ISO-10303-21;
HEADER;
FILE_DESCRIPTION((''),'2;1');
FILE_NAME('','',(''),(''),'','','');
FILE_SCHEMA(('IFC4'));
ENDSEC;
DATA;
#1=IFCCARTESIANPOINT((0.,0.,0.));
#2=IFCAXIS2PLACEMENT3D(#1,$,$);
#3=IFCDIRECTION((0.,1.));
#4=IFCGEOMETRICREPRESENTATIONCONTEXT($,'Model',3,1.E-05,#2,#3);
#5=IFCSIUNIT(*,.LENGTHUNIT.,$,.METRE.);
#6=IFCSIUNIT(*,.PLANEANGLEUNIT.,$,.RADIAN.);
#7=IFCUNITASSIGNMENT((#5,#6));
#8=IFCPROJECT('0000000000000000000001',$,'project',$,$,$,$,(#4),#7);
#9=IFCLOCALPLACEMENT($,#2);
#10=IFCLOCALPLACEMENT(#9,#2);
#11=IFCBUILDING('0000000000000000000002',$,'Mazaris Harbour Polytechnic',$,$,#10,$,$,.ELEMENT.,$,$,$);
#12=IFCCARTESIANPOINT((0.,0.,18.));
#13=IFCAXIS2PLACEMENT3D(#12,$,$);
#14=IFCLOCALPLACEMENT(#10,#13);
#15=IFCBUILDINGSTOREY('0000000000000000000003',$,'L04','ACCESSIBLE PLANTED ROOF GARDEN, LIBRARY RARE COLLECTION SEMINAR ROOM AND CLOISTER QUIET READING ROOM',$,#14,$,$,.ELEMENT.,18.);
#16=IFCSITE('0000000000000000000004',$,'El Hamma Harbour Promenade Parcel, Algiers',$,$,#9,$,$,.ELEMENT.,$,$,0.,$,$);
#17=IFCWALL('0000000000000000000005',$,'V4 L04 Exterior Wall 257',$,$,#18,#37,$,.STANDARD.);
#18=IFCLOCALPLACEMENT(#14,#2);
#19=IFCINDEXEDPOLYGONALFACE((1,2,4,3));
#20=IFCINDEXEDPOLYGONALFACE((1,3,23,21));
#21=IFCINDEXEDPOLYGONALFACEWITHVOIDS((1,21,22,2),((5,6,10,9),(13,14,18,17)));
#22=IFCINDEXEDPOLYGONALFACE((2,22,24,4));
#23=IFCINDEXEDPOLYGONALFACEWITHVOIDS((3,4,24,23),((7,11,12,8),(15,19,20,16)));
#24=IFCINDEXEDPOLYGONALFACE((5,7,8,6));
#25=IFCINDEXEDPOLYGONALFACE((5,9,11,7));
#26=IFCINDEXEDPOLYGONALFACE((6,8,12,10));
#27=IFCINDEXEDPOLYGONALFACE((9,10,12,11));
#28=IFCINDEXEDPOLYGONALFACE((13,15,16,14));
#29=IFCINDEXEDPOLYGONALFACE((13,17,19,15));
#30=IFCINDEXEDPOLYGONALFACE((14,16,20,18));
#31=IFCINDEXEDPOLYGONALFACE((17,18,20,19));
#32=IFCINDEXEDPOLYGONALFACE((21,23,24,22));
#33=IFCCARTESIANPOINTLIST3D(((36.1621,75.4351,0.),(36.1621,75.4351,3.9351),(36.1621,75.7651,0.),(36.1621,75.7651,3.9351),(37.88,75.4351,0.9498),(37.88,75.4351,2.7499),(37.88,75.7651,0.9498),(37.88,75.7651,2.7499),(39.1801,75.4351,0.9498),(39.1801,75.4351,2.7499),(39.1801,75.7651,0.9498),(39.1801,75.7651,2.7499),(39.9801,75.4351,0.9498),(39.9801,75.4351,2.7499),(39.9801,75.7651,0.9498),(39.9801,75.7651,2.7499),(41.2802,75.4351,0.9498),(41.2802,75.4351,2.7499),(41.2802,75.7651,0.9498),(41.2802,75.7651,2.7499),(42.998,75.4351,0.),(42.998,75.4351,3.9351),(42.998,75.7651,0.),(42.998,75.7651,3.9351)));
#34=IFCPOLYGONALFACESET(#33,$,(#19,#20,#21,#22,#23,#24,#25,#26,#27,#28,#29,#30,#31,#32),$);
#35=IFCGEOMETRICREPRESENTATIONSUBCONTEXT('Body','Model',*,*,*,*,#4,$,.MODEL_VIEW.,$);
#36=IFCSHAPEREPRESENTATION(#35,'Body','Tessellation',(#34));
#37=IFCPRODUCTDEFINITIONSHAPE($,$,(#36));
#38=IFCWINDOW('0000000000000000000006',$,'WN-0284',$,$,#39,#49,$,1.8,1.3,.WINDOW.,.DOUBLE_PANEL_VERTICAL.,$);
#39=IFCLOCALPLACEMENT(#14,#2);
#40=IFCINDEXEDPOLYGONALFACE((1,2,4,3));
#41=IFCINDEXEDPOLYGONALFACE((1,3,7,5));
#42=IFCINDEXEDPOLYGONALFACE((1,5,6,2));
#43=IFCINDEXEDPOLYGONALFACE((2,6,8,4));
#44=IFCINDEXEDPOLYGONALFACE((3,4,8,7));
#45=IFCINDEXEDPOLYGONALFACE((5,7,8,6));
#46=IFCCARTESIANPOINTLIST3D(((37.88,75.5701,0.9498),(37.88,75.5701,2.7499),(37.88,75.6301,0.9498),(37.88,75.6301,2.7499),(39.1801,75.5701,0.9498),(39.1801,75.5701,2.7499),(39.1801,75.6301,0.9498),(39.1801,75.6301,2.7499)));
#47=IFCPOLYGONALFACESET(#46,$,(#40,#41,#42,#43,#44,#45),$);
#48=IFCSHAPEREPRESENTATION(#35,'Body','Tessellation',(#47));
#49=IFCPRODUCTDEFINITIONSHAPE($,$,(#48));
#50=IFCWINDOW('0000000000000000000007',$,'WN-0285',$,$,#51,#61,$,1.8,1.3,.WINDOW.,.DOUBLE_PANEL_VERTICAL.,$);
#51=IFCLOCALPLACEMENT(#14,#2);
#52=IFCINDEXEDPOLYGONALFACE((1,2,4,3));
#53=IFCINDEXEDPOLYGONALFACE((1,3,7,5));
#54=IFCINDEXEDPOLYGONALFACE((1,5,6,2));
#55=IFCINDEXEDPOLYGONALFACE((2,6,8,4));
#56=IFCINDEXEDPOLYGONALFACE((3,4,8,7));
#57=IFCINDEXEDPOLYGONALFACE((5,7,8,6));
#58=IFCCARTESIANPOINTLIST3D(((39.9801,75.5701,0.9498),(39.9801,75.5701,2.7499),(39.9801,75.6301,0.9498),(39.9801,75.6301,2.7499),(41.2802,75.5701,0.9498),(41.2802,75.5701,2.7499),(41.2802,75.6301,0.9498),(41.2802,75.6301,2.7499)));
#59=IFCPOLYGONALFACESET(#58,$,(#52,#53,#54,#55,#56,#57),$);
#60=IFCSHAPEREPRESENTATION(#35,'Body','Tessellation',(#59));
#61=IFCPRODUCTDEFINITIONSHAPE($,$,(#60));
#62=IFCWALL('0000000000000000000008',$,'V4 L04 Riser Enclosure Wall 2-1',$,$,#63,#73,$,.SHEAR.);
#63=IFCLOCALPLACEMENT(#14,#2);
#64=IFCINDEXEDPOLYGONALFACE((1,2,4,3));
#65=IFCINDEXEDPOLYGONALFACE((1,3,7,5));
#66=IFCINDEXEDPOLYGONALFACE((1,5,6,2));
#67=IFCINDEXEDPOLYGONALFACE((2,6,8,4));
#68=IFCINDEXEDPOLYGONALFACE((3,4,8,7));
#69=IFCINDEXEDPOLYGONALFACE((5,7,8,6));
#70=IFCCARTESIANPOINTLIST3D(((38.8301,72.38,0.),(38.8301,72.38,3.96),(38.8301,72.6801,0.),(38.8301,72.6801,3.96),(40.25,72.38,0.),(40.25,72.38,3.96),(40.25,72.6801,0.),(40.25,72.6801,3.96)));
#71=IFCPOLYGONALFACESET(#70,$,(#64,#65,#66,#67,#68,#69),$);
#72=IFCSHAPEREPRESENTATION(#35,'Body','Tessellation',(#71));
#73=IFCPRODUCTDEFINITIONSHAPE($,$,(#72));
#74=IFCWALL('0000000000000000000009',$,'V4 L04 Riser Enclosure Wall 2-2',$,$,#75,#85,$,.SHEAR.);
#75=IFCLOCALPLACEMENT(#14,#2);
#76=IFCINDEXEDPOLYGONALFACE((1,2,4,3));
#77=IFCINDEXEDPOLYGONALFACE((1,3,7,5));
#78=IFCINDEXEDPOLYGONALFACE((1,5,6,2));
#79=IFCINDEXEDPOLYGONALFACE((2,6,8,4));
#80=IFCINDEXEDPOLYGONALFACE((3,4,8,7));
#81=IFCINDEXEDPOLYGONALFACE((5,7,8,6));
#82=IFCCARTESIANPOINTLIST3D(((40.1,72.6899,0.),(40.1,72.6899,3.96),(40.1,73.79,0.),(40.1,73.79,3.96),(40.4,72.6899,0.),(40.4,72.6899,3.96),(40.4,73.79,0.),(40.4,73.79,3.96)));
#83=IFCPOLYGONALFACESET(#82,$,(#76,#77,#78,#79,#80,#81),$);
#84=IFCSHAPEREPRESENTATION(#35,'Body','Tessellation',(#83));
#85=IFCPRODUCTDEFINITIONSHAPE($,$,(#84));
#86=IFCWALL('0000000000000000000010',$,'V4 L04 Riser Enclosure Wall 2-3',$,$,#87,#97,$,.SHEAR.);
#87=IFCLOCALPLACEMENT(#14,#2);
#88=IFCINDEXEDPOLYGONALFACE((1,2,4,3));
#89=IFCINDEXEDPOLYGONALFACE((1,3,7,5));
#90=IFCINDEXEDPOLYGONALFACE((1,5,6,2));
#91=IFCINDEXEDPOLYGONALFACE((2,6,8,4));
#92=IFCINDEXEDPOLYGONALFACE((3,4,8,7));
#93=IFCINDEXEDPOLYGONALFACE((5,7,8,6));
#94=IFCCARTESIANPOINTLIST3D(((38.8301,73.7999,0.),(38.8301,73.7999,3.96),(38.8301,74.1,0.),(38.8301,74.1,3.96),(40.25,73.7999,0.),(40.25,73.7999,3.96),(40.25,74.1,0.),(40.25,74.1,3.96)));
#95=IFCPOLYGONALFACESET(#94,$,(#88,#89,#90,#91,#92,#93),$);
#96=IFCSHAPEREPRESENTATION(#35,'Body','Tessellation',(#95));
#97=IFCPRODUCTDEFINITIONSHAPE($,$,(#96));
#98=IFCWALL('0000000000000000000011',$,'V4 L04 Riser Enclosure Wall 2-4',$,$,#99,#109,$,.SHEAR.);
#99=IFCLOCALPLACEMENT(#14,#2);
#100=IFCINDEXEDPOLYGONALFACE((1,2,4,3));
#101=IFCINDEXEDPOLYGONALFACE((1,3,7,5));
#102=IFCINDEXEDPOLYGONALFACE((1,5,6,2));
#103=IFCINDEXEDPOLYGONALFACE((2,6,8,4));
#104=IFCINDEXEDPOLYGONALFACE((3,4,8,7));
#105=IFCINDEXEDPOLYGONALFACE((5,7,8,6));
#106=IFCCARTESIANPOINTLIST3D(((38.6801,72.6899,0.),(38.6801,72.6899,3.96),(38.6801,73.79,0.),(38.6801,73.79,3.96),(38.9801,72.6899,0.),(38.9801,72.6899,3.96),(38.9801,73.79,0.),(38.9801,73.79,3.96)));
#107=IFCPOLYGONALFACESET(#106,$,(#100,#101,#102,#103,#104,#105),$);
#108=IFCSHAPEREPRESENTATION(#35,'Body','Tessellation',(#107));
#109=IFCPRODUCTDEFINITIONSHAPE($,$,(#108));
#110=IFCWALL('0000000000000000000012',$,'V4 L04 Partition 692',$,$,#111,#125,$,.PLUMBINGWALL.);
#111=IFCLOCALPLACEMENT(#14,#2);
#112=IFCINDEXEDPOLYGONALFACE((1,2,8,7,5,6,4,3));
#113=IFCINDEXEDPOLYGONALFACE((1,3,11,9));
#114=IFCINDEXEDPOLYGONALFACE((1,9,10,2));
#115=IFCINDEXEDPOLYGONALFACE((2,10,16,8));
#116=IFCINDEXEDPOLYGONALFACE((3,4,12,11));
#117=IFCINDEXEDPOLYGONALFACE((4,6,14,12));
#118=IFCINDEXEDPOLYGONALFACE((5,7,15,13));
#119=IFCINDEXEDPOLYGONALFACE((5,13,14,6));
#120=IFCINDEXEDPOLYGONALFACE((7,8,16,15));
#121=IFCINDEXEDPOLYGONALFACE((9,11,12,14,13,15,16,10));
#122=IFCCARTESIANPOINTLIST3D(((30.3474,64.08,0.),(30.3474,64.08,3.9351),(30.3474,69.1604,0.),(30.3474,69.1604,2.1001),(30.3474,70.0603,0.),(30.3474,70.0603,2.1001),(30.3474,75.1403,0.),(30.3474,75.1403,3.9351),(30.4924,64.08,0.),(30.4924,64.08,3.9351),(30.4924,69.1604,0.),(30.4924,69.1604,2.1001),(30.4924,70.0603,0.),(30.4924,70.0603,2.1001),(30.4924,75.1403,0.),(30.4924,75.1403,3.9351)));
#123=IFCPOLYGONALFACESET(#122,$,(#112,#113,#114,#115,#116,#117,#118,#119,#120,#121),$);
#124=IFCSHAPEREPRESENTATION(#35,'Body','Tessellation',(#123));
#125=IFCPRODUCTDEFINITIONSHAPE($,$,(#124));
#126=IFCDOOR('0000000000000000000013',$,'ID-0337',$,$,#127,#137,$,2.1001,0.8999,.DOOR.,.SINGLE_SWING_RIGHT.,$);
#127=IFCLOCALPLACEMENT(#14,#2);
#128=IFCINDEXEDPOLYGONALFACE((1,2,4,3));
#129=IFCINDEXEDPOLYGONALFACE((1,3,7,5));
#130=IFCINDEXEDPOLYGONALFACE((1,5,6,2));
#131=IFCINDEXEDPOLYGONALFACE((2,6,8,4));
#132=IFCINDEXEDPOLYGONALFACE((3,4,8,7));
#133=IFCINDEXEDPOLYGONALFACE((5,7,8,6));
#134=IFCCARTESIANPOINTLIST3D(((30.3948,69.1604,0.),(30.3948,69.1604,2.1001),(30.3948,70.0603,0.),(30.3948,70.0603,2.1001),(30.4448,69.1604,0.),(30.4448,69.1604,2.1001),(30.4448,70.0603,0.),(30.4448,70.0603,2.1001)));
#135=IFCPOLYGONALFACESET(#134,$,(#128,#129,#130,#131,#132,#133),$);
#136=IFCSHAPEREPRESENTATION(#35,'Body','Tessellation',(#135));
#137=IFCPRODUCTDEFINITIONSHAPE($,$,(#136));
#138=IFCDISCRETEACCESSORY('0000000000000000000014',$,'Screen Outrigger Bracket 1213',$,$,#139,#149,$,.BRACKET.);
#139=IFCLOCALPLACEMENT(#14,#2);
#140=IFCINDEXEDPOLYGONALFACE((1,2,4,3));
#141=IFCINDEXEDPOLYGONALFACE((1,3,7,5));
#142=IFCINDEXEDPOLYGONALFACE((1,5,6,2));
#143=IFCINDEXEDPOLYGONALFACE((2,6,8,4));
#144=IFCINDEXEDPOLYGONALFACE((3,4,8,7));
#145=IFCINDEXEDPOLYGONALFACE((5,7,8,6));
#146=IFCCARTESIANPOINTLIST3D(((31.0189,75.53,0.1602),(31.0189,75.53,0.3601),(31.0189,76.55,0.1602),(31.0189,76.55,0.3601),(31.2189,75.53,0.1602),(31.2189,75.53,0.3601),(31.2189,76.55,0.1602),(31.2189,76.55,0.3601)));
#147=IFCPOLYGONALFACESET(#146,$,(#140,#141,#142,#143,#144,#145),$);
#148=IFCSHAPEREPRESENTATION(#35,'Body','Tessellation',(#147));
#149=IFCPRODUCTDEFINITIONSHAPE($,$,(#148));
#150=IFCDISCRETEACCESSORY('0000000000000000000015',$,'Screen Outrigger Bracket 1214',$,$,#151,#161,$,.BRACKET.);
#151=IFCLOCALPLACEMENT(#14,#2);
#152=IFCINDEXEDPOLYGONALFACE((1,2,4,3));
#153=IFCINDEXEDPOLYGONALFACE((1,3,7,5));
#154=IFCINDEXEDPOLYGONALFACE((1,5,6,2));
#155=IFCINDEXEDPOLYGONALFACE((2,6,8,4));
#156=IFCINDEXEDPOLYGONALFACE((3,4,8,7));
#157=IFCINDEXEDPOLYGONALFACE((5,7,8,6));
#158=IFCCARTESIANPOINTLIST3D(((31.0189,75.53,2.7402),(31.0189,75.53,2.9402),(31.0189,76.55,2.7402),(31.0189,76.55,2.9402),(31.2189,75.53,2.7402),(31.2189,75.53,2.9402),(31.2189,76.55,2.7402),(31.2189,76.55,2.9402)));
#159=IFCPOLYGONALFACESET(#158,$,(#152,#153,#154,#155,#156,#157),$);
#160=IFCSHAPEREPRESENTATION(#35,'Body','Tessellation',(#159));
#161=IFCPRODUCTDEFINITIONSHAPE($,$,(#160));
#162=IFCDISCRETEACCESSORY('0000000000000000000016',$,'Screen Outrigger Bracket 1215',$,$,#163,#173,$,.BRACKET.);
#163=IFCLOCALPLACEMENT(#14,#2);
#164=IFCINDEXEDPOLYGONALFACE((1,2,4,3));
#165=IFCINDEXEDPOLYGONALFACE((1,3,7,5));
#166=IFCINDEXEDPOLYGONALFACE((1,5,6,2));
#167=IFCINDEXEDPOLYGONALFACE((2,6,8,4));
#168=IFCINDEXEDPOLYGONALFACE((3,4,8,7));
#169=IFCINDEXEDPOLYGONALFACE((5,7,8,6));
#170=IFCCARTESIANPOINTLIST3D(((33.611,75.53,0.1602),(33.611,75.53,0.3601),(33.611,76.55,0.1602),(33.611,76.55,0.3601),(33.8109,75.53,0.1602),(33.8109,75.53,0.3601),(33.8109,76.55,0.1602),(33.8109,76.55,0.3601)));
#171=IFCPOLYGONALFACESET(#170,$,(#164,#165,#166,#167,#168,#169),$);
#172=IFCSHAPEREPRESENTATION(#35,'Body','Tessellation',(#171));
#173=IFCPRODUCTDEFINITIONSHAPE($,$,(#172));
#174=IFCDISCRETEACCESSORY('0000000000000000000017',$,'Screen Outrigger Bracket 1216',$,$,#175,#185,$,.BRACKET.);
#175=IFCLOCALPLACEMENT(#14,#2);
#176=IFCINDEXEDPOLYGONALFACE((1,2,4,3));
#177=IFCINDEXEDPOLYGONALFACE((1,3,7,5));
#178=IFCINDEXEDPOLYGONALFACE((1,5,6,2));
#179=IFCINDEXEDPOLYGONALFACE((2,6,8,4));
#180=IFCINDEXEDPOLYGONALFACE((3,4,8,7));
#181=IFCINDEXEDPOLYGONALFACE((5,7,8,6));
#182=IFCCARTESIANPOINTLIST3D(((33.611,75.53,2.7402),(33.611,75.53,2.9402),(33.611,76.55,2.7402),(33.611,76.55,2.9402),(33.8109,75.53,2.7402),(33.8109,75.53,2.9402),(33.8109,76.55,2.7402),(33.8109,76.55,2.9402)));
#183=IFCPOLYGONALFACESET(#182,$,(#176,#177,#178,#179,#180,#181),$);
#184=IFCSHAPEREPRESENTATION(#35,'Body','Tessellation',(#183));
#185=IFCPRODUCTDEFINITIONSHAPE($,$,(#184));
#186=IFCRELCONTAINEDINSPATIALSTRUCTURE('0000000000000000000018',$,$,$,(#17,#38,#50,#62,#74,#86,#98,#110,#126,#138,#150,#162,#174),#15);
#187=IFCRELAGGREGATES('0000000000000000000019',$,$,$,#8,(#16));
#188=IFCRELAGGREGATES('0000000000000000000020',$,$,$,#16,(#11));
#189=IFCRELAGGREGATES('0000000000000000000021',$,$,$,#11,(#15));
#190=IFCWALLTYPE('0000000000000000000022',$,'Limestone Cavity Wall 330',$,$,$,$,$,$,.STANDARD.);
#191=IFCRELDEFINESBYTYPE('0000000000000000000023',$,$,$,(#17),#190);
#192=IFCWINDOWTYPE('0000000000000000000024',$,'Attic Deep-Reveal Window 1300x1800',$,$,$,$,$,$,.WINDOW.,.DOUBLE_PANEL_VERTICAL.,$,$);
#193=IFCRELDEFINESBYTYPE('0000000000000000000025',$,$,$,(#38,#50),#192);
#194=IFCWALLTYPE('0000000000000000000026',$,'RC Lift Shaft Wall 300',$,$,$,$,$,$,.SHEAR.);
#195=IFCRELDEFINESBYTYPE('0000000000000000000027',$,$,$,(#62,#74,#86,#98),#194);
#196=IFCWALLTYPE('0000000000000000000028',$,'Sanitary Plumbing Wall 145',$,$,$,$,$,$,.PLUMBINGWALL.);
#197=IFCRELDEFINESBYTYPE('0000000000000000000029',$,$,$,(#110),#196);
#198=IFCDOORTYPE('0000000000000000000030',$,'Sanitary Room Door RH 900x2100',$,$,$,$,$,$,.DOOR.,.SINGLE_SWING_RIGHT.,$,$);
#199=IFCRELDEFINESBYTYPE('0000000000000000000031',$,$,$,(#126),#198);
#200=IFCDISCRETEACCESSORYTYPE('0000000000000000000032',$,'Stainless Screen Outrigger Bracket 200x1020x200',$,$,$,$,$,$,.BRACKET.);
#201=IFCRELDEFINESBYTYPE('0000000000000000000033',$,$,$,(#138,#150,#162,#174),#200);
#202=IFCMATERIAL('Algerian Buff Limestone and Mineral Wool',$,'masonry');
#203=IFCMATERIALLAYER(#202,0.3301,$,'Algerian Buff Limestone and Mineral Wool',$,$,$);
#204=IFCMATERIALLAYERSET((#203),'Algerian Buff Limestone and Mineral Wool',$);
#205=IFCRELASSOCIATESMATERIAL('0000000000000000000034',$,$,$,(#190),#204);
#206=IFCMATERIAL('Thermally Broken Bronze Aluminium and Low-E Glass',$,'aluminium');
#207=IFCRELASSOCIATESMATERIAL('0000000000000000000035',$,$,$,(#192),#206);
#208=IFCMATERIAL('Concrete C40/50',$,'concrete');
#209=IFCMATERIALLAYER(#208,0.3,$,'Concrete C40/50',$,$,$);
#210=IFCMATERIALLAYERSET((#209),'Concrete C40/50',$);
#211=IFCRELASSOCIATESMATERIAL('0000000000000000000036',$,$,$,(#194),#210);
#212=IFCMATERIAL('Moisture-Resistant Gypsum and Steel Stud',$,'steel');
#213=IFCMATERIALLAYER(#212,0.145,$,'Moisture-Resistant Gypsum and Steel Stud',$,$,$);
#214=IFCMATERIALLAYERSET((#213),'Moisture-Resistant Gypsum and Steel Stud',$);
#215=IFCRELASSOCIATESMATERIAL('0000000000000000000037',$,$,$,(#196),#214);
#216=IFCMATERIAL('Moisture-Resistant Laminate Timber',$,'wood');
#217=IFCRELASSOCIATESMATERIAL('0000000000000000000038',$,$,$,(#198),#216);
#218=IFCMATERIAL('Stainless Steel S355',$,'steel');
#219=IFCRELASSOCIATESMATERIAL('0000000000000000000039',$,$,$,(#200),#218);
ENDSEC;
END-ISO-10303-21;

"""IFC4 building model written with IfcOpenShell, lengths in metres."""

from ifc_helpers import new_model, si_unit, direction, frame, frame_2d, origin, origin_2d, place, context, subcontext, project, spatial, rectangle, extrude, material, layer, layer_set, type_object, element, fill, save


model = new_model("IFC4")

# Units and contexts
model_context = context("Model", 3, precision=1e-05, world=origin(), true_north=direction((0.0, 1.0)))
body_context = subcontext(model_context, "Body", "Model", "MODEL_VIEW")
ifc_project = project(units=[si_unit("LENGTHUNIT", "METRE"), si_unit("PLANEANGLEUNIT", "RADIAN")], contexts=[model_context])

# Site, building, storey
site_placement = place(None, origin())
site = spatial("IfcSite", under=ifc_project, at=site_placement, Name="El Hamma Harbour Promenade Parcel, Algiers", CompositionType="ELEMENT", RefElevation=0.0)
building_placement = place(site_placement, origin())
building = spatial("IfcBuilding", under=site, at=building_placement, Name="Mazaris Harbour Polytechnic", CompositionType="ELEMENT")
storey_placement = place(building_placement, frame((0.0, 0.0, 18.0)))
storey = spatial("IfcBuildingStorey", under=building, at=storey_placement, Name="L04", Description="ACCESSIBLE PLANTED ROOF GARDEN, LIBRARY RARE COLLECTION SEMINAR ROOM AND CLOISTER QUIET READING ROOM", CompositionType="ELEMENT", Elevation=18.0)

# Wall, openings, windows
ifc_material_1 = material(Name="Algerian Buff Limestone and Mineral Wool", Category="masonry")
ifc_layer_1 = layer(ifc_material_1, 0.3301, Name="Algerian Buff Limestone and Mineral Wool")
ifc_layer_set_1 = layer_set([ifc_layer_1], Name="Algerian Buff Limestone and Mineral Wool")
wall_type_1 = type_object("IfcWallType", Name="Limestone Cavity Wall 330", PredefinedType="STANDARD", material=ifc_layer_set_1)
wall_1_placement = place(storey_placement, frame((36.1621, 75.6001, 0.0), z_axis=(0.0, 0.0, 1.0), x_axis=(1.0, 0.0, 0.0)))
wall_1 = element("IfcWall", 1, at=wall_1_placement, inside=storey, type_object=wall_type_1, Name="V4 L04 Exterior Wall 257", PredefinedType="STANDARD", context=body_context, shape_type="SweptSolid", body=[
    extrude(rectangle(XDim=6.8359, YDim=0.3301, at=frame_2d((3.418, 0.0))), origin(), (0.0, 0.0, 1.0), 3.9351),
])
opening_1_placement = place(wall_1_placement, frame((1.718, 0.0, 0.95)))
opening_1 = element("IfcOpeningElement", 2, at=opening_1_placement, cuts=wall_1, PredefinedType="OPENING", context=body_context, shape_type="SweptSolid", body=[
    extrude(rectangle(XDim=1.3, YDim=1.8, at=frame_2d((0.6499, 0.8999))), frame((0.0, 0.175, 0.0), z_axis=(0.0, -1.0, 0.0), x_axis=(1.0, 0.0, 0.0)), (0.0, 0.0, 1.0), 0.3501),
])
opening_2_placement = place(wall_1_placement, frame((3.8181, 0.0, 0.95)))
opening_2 = element("IfcOpeningElement", 3, at=opening_2_placement, cuts=wall_1, PredefinedType="OPENING", context=body_context, shape_type="SweptSolid", body=[
    extrude(rectangle(XDim=1.3, YDim=1.8, at=frame_2d((0.6499, 0.8999))), frame((0.0, 0.175, 0.0), z_axis=(0.0, -1.0, 0.0), x_axis=(1.0, 0.0, 0.0)), (0.0, 0.0, 1.0), 0.3501),
])
ifc_material_2 = material(Name="Thermally Broken Bronze Aluminium and Low-E Glass", Category="aluminium")
window_type_1 = type_object("IfcWindowType", Name="Attic Deep-Reveal Window 1300x1800", PartitioningType="DOUBLE_PANEL_VERTICAL", PredefinedType="WINDOW", material=ifc_material_2)
window_1_placement = place(opening_1_placement, origin())
window_1 = element("IfcWindow", 4, at=window_1_placement, inside=storey, type_object=window_type_1, Name="WN-0284", OverallHeight=1.8, OverallWidth=1.3, PartitioningType="DOUBLE_PANEL_VERTICAL", PredefinedType="WINDOW", context=body_context, shape_type="SweptSolid", body=[
    extrude(rectangle(XDim=1.3, YDim=1.8, at=frame_2d((0.6499, 0.8999))), frame((0.0, 0.03, 0.0), z_axis=(0.0, -1.0, 0.0), x_axis=(1.0, 0.0, 0.0)), (0.0, 0.0, 1.0), 0.0601),
])
fill(opening_1, window_1)
window_2_placement = place(opening_2_placement, origin())
window_2 = element("IfcWindow", 5, at=window_2_placement, inside=storey, type_object=window_type_1, Name="WN-0285", OverallHeight=1.8, OverallWidth=1.3, PartitioningType="DOUBLE_PANEL_VERTICAL", PredefinedType="WINDOW", context=body_context, shape_type="SweptSolid", body=[
    extrude(rectangle(XDim=1.3, YDim=1.8, at=frame_2d((0.6499, 0.8999))), frame((0.0, 0.03, 0.0), z_axis=(0.0, -1.0, 0.0), x_axis=(1.0, 0.0, 0.0)), (0.0, 0.0, 1.0), 0.0601),
])
fill(opening_2, window_2)

# Walls
ifc_material_3 = material(Name="Concrete C40/50", Category="concrete")
ifc_layer_2 = layer(ifc_material_3, 0.3, Name="Concrete C40/50")
ifc_layer_set_2 = layer_set([ifc_layer_2], Name="Concrete C40/50")
wall_type_2 = type_object("IfcWallType", Name="RC Lift Shaft Wall 300", PredefinedType="SHEAR", material=ifc_layer_set_2)
wall_2_placement = place(storey_placement, frame((38.8301, 72.53, 0.0), z_axis=(0.0, 0.0, 1.0), x_axis=(1.0, 0.0, 0.0)))
element("IfcWall", 6, at=wall_2_placement, inside=storey, type_object=wall_type_2, Name="V4 L04 Riser Enclosure Wall 2-1", PredefinedType="SHEAR", context=body_context, shape_type="SweptSolid", body=[
    extrude(rectangle(XDim=1.4199, YDim=0.3, at=frame_2d((0.71, 0.0))), origin(), (0.0, 0.0, 1.0), 3.96),
])
wall_3_placement = place(storey_placement, frame((40.25, 72.6899, 0.0), z_axis=(0.0, 0.0, 1.0), x_axis=(0.0, 1.0, 0.0)))
element("IfcWall", 7, at=wall_3_placement, inside=storey, type_object=wall_type_2, Name="V4 L04 Riser Enclosure Wall 2-2", PredefinedType="SHEAR", context=body_context, shape_type="SweptSolid", body=[
    extrude(rectangle(XDim=1.1001, YDim=0.3, at=frame_2d((0.55, 0.0))), origin(), (0.0, 0.0, 1.0), 3.96),
])
wall_4_placement = place(storey_placement, frame((40.25, 73.95, 0.0), z_axis=(0.0, 0.0, 1.0), x_axis=(-1.0, 0.0, 0.0)))
element("IfcWall", 8, at=wall_4_placement, inside=storey, type_object=wall_type_2, Name="V4 L04 Riser Enclosure Wall 2-3", PredefinedType="SHEAR", context=body_context, shape_type="SweptSolid", body=[
    extrude(rectangle(XDim=1.4199, YDim=0.3, at=frame_2d((0.71, 0.0))), origin(), (0.0, 0.0, 1.0), 3.96),
])
wall_5_placement = place(storey_placement, frame((38.8301, 73.79, 0.0), z_axis=(0.0, 0.0, 1.0), x_axis=(0.0, -1.0, 0.0)))
element("IfcWall", 9, at=wall_5_placement, inside=storey, type_object=wall_type_2, Name="V4 L04 Riser Enclosure Wall 2-4", PredefinedType="SHEAR", context=body_context, shape_type="SweptSolid", body=[
    extrude(rectangle(XDim=1.1001, YDim=0.3, at=frame_2d((0.55, 0.0))), origin(), (0.0, 0.0, 1.0), 3.96),
])

# Wall, opening, door
ifc_material_4 = material(Name="Moisture-Resistant Gypsum and Steel Stud", Category="steel")
ifc_layer_3 = layer(ifc_material_4, 0.145, Name="Moisture-Resistant Gypsum and Steel Stud")
ifc_layer_set_3 = layer_set([ifc_layer_3], Name="Moisture-Resistant Gypsum and Steel Stud")
wall_type_3 = type_object("IfcWallType", Name="Sanitary Plumbing Wall 145", PredefinedType="PLUMBINGWALL", material=ifc_layer_set_3)
wall_6_placement = place(storey_placement, frame((30.4199, 75.1404, 0.0), z_axis=(0.0, 0.0, 1.0), x_axis=(0.0, -1.0, 0.0)))
wall_6 = element("IfcWall", 10, at=wall_6_placement, inside=storey, type_object=wall_type_3, Name="V4 L04 Partition 692", PredefinedType="PLUMBINGWALL", context=body_context, shape_type="SweptSolid", body=[
    extrude(rectangle(XDim=11.0603, YDim=0.145, at=frame_2d((5.5303, 0.0))), origin(), (0.0, 0.0, 1.0), 3.9351),
])
opening_3_placement = place(wall_6_placement, frame((5.0801, 0.0, 0.0)))
opening_3 = element("IfcOpeningElement", 11, at=opening_3_placement, cuts=wall_6, PredefinedType="OPENING", context=body_context, shape_type="SweptSolid", body=[
    extrude(rectangle(XDim=0.8999, YDim=2.1001, at=frame_2d((0.45, 1.05))), frame((0.0, 0.0825, 0.0), z_axis=(0.0, -1.0, 0.0), x_axis=(1.0, 0.0, 0.0)), (0.0, 0.0, 1.0), 0.165),
])
ifc_material_5 = material(Name="Moisture-Resistant Laminate Timber", Category="wood")
door_type = type_object("IfcDoorType", Name="Sanitary Room Door RH 900x2100", OperationType="SINGLE_SWING_RIGHT", PredefinedType="DOOR", material=ifc_material_5)
door_placement = place(opening_3_placement, origin())
door = element("IfcDoor", 12, at=door_placement, inside=storey, type_object=door_type, Name="ID-0337", OperationType="SINGLE_SWING_RIGHT", OverallHeight=2.1001, OverallWidth=0.8999, PredefinedType="DOOR", context=body_context, shape_type="SweptSolid", body=[
    extrude(rectangle(XDim=0.8999, YDim=2.1001, at=frame_2d((0.45, 1.05))), frame((0.0, 0.0249, 0.0), z_axis=(0.0, -1.0, 0.0), x_axis=(1.0, 0.0, 0.0)), (0.0, 0.0, 1.0), 0.05),
])
fill(opening_3, door)

# Discrete accessories
ifc_material_6 = material(Name="Stainless Steel S355", Category="steel")
discrete_accessory_type = type_object("IfcDiscreteAccessoryType", Name="Stainless Screen Outrigger Bracket 200x1020x200", PredefinedType="BRACKET", material=ifc_material_6)
for number, where, z_axis, x_axis, name in (
    (13, (31.1189, 76.04, 0.1602), (0.0, 0.0, 1.0), (1.0, 0.0, 0.0), "Screen Outrigger Bracket 1213"),
    (14, (31.1189, 76.04, 2.7402), (0.0, 0.0, 1.0), (1.0, 0.0, 0.0), "Screen Outrigger Bracket 1214"),
    (15, (33.7109, 76.04, 0.1602), (0.0, 0.0, 1.0), (1.0, 0.0, 0.0), "Screen Outrigger Bracket 1215"),
    (16, (33.7109, 76.04, 2.7402), (0.0, 0.0, 1.0), (1.0, 0.0, 0.0), "Screen Outrigger Bracket 1216"),
):
    element("IfcDiscreteAccessory", number, at=place(storey_placement, frame(where, z_axis=z_axis, x_axis=x_axis)), inside=storey, type_object=discrete_accessory_type, Name=name, PredefinedType="BRACKET", context=body_context, shape_type="SweptSolid", body=[
        extrude(rectangle(XDim=0.2, YDim=1.02, at=origin_2d()), origin(), (0.0, 0.0, 1.0), 0.2),
    ])

save(model, "model.ifc")
